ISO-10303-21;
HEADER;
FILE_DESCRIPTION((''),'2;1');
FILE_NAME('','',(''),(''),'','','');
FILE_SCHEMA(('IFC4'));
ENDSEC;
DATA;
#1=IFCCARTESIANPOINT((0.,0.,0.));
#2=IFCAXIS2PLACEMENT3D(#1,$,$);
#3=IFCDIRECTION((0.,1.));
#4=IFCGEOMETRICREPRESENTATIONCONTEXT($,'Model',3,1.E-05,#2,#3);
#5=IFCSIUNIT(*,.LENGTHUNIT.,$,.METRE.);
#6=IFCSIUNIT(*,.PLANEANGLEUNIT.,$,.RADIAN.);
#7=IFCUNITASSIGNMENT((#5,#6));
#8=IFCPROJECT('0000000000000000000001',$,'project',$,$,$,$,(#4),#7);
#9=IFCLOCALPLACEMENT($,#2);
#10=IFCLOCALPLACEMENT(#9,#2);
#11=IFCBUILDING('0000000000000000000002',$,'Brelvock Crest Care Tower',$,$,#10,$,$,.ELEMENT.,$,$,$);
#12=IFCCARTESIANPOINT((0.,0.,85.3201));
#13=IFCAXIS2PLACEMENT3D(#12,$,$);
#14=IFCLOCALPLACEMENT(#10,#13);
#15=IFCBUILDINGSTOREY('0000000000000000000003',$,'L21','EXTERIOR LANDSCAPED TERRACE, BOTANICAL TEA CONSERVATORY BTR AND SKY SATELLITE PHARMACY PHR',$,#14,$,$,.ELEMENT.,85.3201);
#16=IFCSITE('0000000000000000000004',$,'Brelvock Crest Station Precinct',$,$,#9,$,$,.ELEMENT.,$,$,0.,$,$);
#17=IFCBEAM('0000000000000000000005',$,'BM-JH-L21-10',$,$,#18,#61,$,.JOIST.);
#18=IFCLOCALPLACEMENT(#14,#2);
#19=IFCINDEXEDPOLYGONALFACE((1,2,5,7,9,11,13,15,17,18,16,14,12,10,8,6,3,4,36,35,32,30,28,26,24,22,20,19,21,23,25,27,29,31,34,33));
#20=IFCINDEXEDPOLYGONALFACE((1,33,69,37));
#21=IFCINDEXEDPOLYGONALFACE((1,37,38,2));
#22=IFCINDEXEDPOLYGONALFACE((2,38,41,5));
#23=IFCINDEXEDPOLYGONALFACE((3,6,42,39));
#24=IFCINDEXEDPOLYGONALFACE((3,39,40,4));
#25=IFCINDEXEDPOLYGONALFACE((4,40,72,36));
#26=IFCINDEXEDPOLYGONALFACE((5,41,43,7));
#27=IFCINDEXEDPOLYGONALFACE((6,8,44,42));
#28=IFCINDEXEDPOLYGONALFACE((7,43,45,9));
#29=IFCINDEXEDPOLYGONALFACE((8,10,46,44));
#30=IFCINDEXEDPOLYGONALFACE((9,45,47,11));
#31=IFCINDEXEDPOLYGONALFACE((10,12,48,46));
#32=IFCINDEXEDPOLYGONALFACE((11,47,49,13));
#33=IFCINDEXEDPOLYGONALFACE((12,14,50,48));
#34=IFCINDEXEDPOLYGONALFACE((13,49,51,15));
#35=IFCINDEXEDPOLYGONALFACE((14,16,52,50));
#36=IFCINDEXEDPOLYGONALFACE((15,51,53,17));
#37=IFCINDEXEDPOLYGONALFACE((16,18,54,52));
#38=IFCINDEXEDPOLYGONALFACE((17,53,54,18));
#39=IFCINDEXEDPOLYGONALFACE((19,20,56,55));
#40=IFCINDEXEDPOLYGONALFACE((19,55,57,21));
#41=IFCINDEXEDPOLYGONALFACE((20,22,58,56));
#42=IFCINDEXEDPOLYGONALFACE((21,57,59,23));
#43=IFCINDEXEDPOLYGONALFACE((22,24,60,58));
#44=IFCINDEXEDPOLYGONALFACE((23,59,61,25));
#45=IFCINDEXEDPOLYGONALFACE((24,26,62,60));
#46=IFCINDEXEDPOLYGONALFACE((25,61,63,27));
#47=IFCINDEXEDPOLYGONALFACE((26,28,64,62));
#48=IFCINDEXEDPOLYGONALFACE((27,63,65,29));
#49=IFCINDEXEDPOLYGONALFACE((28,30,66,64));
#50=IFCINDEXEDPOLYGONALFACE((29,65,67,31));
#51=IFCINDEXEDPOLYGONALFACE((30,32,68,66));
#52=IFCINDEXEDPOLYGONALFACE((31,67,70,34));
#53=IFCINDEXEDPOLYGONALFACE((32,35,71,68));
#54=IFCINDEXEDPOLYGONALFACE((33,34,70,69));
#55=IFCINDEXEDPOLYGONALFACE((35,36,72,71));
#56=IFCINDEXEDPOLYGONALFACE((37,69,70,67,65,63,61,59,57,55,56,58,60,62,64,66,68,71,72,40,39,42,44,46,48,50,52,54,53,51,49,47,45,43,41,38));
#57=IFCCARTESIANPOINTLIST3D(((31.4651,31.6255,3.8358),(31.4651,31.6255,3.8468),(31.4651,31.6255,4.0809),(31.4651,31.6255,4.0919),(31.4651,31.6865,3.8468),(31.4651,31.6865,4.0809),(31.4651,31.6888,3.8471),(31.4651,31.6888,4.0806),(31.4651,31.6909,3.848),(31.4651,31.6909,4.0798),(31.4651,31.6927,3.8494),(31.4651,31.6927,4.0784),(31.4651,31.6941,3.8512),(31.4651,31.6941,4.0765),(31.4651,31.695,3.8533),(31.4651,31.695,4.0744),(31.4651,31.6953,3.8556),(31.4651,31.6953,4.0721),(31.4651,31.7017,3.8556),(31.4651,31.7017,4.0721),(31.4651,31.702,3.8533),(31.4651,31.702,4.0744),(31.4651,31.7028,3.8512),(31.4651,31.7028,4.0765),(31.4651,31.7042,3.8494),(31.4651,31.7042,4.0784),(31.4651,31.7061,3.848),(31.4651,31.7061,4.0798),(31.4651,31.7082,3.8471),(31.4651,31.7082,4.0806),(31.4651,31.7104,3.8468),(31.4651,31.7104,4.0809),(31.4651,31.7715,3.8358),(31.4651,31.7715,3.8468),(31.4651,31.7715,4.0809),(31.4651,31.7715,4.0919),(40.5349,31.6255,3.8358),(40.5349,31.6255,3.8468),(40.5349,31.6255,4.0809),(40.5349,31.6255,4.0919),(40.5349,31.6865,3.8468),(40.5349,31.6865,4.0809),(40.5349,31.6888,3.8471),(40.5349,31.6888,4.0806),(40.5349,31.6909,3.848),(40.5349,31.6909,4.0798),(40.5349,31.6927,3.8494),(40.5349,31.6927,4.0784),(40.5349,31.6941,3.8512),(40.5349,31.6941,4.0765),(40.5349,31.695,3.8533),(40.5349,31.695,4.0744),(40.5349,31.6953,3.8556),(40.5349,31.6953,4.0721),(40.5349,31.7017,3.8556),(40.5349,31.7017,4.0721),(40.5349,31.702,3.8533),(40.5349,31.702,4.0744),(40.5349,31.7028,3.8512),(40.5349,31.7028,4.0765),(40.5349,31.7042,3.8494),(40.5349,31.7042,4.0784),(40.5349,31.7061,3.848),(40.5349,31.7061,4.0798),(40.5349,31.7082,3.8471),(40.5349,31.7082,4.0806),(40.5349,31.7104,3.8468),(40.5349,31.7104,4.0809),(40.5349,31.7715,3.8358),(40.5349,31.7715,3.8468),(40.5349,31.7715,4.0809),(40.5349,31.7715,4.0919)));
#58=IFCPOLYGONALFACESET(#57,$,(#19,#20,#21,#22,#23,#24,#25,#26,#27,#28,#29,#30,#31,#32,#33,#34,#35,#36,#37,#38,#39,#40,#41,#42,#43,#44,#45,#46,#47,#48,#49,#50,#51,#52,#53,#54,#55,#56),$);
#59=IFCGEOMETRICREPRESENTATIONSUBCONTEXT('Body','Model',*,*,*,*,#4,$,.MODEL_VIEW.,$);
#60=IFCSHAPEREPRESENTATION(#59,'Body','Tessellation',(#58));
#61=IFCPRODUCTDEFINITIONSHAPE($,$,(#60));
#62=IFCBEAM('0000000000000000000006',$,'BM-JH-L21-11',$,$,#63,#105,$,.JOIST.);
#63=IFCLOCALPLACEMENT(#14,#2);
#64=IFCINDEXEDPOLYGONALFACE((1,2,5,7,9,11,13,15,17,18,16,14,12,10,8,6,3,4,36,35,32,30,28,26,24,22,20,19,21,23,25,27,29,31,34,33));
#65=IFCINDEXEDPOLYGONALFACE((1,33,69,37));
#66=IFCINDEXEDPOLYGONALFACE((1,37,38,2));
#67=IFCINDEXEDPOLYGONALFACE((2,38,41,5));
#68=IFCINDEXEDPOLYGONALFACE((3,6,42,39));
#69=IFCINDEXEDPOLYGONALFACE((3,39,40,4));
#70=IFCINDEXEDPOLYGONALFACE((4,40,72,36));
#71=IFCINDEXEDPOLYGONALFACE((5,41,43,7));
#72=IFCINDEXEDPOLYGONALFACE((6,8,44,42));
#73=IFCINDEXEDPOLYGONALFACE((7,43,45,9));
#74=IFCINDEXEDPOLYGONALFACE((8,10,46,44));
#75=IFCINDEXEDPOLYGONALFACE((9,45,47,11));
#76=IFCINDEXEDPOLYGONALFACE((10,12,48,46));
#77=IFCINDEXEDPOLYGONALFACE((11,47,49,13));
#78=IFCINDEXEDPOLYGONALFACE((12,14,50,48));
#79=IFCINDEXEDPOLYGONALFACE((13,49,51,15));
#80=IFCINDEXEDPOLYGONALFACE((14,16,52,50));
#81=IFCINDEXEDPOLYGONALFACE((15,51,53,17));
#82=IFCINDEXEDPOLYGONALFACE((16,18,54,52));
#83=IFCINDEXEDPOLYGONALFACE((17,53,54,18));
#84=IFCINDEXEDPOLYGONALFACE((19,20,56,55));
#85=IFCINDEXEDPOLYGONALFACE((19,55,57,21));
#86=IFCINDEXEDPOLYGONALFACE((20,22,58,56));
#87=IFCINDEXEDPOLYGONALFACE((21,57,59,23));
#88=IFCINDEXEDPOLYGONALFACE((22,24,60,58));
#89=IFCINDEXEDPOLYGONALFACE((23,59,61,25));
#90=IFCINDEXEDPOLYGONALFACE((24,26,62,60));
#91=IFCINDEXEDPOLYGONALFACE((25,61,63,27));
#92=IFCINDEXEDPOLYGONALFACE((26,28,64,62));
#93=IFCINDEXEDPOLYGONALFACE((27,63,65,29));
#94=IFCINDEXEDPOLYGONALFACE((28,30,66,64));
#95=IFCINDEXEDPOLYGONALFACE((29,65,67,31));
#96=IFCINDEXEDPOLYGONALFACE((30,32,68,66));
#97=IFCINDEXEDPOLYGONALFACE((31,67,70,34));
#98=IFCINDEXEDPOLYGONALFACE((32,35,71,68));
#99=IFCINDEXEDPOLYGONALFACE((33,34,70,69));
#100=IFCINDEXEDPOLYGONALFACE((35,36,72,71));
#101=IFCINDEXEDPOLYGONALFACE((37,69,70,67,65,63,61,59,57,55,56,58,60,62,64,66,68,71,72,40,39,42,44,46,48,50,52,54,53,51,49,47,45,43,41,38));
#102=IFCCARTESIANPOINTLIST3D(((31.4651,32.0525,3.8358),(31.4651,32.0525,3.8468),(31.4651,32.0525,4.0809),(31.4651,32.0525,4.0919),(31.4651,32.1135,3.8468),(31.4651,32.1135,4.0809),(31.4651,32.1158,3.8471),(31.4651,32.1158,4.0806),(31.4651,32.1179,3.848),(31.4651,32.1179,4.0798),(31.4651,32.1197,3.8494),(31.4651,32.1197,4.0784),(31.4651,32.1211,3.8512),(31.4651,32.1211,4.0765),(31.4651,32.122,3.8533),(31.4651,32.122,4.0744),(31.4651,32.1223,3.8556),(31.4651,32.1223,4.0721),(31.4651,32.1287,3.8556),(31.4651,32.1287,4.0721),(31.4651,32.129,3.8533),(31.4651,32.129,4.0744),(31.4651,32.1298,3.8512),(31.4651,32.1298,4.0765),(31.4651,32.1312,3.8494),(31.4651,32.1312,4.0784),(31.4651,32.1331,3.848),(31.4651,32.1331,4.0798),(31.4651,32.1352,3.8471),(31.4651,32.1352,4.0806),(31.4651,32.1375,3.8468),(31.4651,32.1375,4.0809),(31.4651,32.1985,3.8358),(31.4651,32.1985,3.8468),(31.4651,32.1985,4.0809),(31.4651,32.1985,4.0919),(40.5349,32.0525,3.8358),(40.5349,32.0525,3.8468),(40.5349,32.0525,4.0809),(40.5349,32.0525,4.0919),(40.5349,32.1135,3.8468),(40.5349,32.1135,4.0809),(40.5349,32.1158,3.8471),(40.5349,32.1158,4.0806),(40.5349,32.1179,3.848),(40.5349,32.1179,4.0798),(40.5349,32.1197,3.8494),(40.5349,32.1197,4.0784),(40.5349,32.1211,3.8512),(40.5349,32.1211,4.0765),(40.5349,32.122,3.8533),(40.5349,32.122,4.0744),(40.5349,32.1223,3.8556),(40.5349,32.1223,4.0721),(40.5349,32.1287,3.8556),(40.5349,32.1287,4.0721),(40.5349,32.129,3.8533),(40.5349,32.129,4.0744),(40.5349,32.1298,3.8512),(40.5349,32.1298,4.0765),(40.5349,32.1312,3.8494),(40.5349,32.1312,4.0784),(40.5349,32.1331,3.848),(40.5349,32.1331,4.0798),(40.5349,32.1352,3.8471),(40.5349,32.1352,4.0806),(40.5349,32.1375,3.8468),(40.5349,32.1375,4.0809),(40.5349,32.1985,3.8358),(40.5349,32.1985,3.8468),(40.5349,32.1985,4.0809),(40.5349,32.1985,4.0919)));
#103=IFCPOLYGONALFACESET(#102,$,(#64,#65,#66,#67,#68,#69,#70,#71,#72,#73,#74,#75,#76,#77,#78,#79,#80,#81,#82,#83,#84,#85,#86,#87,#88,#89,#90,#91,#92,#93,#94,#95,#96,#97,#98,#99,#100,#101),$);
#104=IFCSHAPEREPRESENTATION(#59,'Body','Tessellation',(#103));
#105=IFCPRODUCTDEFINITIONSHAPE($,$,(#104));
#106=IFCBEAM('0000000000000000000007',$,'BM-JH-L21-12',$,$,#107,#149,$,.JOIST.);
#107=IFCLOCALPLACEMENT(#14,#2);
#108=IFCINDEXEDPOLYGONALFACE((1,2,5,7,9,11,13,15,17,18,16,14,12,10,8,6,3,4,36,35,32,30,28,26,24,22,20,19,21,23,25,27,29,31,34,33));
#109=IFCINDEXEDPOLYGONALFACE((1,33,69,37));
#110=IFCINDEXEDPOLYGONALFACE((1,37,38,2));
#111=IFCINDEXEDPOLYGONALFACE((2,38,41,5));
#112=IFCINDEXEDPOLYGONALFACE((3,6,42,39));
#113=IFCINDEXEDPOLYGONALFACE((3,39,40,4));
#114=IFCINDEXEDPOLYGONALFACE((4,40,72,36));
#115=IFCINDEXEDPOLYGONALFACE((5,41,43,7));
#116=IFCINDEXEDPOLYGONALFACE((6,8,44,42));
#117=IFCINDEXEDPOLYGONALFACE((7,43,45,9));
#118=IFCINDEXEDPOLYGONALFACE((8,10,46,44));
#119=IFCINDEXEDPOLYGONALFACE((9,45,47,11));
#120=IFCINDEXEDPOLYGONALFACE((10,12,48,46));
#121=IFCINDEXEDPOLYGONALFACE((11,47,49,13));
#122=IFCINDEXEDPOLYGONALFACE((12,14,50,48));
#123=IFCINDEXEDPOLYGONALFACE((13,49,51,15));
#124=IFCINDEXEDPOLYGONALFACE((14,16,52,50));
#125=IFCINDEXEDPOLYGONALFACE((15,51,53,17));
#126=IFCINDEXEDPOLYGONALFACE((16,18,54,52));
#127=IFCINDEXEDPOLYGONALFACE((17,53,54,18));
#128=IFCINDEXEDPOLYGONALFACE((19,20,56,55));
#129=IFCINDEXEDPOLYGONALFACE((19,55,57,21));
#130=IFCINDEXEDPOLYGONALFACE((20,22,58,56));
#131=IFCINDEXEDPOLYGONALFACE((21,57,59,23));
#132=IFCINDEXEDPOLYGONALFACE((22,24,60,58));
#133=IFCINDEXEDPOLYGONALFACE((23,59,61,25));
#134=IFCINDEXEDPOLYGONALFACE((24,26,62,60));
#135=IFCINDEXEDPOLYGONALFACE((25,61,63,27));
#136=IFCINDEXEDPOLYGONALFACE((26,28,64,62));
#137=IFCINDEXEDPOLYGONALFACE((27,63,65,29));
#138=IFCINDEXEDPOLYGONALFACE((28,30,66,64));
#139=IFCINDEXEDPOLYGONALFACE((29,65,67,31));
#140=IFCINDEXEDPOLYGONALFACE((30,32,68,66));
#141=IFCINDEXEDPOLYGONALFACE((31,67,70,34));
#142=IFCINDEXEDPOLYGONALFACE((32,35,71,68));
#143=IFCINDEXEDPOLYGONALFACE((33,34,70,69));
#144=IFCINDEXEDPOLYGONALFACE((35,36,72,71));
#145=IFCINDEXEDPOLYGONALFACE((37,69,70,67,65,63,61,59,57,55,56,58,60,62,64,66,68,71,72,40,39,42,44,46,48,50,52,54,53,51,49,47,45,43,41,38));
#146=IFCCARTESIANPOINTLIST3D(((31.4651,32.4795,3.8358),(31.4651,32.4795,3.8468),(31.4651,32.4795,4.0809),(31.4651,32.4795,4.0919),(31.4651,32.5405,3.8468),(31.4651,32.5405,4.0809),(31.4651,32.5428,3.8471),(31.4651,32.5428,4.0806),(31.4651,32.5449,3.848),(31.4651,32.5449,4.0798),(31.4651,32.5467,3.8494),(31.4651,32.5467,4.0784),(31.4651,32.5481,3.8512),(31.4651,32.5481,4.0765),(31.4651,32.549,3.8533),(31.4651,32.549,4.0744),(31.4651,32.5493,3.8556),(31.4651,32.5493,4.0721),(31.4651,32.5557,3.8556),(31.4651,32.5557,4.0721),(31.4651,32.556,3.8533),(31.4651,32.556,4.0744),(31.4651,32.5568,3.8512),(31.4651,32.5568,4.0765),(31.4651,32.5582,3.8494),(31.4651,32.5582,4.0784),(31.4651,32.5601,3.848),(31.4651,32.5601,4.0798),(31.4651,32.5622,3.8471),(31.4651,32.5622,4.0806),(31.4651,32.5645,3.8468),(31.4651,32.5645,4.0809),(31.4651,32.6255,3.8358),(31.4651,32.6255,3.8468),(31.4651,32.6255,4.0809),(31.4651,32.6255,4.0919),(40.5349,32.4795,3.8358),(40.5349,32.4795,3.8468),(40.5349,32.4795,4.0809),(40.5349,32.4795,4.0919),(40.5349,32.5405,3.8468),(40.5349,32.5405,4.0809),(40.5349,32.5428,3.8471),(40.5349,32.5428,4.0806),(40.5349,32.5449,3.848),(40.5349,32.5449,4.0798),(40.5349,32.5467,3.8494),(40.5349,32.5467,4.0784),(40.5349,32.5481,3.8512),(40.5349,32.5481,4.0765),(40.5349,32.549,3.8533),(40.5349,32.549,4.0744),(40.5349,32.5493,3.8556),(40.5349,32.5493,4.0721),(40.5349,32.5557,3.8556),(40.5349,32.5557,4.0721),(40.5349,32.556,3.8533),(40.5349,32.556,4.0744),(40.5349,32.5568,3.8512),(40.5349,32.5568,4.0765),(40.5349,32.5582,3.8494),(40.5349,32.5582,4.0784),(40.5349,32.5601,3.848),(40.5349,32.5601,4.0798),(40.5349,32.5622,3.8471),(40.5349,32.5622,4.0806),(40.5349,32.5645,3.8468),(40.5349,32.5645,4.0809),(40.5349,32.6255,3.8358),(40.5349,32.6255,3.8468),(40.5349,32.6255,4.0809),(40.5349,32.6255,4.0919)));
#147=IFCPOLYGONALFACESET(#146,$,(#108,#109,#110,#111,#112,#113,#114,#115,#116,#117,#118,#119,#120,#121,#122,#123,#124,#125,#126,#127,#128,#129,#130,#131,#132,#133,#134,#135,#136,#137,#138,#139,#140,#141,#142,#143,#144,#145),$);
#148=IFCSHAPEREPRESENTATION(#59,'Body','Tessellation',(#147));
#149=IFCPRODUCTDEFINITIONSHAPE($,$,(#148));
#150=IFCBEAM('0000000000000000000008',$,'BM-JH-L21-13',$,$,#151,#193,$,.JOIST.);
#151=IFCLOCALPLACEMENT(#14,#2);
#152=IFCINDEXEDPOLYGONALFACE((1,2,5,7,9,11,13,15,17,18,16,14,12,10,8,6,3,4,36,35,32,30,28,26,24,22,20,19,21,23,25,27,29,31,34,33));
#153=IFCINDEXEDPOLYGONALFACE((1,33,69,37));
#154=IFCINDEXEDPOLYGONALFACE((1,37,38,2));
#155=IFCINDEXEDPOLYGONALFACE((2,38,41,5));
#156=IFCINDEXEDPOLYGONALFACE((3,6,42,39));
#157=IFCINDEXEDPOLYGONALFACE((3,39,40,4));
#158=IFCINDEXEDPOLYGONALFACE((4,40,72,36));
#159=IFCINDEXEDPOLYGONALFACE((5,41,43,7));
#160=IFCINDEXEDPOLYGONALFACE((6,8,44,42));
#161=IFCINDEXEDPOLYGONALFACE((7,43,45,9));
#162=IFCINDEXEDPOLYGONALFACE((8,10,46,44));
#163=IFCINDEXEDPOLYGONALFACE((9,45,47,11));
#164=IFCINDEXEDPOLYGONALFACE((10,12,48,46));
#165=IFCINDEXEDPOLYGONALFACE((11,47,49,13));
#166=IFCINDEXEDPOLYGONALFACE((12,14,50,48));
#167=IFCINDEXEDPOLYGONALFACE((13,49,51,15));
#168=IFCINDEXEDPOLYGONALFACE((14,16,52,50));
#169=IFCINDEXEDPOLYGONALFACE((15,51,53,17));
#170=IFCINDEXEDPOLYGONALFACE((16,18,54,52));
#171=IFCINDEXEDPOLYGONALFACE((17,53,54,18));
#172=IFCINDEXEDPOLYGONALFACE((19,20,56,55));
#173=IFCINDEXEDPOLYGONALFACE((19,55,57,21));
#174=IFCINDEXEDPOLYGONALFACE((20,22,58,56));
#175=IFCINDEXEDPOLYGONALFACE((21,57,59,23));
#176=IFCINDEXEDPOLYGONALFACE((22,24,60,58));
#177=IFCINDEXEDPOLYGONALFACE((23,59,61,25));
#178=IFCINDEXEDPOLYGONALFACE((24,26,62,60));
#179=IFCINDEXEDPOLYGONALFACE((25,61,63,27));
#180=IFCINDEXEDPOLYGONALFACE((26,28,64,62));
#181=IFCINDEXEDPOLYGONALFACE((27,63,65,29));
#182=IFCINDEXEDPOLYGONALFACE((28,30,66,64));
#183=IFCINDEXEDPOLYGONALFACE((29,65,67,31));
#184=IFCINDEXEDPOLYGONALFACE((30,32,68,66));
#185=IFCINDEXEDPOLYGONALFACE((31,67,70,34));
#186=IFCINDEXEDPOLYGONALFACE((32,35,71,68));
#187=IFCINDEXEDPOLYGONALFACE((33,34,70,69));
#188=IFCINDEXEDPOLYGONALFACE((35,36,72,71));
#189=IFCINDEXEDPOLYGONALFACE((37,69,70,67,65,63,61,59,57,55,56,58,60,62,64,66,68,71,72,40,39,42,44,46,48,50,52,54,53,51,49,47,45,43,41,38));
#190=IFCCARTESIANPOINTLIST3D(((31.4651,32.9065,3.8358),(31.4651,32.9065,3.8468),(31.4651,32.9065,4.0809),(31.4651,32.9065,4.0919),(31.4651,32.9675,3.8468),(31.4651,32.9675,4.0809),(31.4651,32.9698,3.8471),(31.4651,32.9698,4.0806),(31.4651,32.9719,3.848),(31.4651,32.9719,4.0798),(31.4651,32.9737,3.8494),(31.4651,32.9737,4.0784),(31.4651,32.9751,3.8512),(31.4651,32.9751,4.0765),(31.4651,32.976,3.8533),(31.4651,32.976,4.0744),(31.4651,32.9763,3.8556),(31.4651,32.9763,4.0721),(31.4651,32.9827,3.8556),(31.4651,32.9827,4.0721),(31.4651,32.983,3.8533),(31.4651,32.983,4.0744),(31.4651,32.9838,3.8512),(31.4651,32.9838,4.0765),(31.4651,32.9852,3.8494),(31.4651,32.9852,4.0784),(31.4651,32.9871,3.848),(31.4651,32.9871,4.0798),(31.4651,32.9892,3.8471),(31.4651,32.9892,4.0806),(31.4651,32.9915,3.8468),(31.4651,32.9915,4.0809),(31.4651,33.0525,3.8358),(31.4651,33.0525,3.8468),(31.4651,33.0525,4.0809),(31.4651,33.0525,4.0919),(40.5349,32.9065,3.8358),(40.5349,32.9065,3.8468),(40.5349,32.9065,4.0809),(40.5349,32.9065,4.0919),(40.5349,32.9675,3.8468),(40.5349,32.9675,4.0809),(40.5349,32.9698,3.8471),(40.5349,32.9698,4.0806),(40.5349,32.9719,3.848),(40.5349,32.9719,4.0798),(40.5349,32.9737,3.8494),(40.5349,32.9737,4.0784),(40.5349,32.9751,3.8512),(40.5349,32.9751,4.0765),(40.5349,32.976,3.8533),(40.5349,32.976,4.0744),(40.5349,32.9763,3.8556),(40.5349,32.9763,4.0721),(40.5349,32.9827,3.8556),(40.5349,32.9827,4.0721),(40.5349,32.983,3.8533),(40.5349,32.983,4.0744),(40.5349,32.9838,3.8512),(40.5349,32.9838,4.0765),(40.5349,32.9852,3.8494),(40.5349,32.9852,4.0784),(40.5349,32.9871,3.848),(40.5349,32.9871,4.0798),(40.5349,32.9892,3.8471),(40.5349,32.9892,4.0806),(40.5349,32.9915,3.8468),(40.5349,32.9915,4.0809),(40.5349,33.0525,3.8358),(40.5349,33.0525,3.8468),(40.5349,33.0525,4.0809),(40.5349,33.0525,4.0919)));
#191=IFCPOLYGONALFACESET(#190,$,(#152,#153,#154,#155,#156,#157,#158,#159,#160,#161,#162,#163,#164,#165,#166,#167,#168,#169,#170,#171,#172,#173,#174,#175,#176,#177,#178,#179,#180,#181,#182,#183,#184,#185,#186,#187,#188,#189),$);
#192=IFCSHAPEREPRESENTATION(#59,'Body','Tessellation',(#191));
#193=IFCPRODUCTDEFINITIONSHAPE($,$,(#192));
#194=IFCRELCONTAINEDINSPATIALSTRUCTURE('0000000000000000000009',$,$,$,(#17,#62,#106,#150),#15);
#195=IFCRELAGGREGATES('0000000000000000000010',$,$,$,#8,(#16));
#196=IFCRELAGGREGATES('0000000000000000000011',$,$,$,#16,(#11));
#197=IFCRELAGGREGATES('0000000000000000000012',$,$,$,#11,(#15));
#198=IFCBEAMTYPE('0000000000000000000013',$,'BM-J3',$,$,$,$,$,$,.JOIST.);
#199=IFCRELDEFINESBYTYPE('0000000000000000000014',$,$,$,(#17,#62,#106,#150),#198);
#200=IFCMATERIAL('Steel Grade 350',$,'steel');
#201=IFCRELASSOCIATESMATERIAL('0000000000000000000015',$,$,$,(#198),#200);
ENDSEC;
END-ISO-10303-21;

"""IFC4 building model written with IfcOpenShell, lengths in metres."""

from ifc_helpers import new_model, si_unit, direction, frame, origin, origin_2d, place, context, subcontext, project, spatial, i_section, extrude, source, transform, mapped, material, material_profile, profile_set, type_object, element, save


model = new_model("IFC4")

# Units and contexts
model_context = context("Model", 3, precision=1e-05, world=origin(), true_north=direction((0.0, 1.0)))
body_context = subcontext(model_context, "Body", "Model", "MODEL_VIEW")
ifc_project = project(units=[si_unit("LENGTHUNIT", "METRE"), si_unit("PLANEANGLEUNIT", "RADIAN")], contexts=[model_context])

# Site, building, storey
site_placement = place(None, origin())
site = spatial("IfcSite", under=ifc_project, at=site_placement, Name="Brelvock Crest Station Precinct", CompositionType="ELEMENT", RefElevation=0.0)
building_placement = place(site_placement, origin())
building = spatial("IfcBuilding", under=site, at=building_placement, Name="Brelvock Crest Care Tower", CompositionType="ELEMENT")
storey_placement = place(building_placement, frame((0.0, 0.0, 85.3201)))
storey = spatial("IfcBuildingStorey", under=building, at=storey_placement, Name="L21", Description="EXTERIOR LANDSCAPED TERRACE, BOTANICAL TEA CONSERVATORY BTR AND SKY SATELLITE PHARMACY PHR", CompositionType="ELEMENT", Elevation=85.3201)

# Beams
ifc_material = material(Name="Steel Grade 350", Category="steel")
ifc_material_profile_1 = material_profile(ifc_material, i_section(OverallWidth=0.146, OverallDepth=0.2561, WebThickness=0.0063, FlangeThickness=0.011, FilletRadius=0.0088, at=origin_2d()), Name="250UB37.3")
ifc_profile_set_1 = profile_set([ifc_material_profile_1], Name="Steel Grade 350")
beam_type_1 = type_object("IfcBeamType", Name="BM-J3", PredefinedType="JOIST", material=ifc_profile_set_1)
shared_shape_1 = source(origin(), body_context, "Body", "SweptSolid", [
    extrude(i_section(OverallWidth=0.146, OverallDepth=0.2561, WebThickness=0.0063, FlangeThickness=0.011, FilletRadius=0.0088, at=origin_2d()), origin(), (0.0, 0.0, 1.0), 9.0698),
])
for number, where, z_axis, x_axis, name in (
    (1, (31.4651, 31.6985, 3.9639), (1.0, 0.0, 0.0), (0.0, 1.0, 0.0), "BM-JH-L21-10"),
    (2, (31.4651, 32.1255, 3.9639), (1.0, 0.0, 0.0), (0.0, 1.0, 0.0), "BM-JH-L21-11"),
    (3, (31.4651, 32.5525, 3.9639), (1.0, 0.0, 0.0), (0.0, 1.0, 0.0), "BM-JH-L21-12"),
    (4, (31.4651, 32.9795, 3.9639), (1.0, 0.0, 0.0), (0.0, 1.0, 0.0), "BM-JH-L21-13"),
):
    element("IfcBeam", number, at=place(storey_placement, frame(where, z_axis=z_axis, x_axis=x_axis)), inside=storey, type_object=beam_type_1, Name=name, PredefinedType="JOIST", context=body_context, shape_type="MappedRepresentation", body=[
        mapped(shared_shape_1, transform((0.0, 0.0, 0.0), x_axis=(1.0, 0.0, 0.0), y_axis=(0.0, 1.0, 0.0), z_axis=(0.0, 0.0, 1.0), scale=1.0)),
    ])

save(model, "model.ifc")
